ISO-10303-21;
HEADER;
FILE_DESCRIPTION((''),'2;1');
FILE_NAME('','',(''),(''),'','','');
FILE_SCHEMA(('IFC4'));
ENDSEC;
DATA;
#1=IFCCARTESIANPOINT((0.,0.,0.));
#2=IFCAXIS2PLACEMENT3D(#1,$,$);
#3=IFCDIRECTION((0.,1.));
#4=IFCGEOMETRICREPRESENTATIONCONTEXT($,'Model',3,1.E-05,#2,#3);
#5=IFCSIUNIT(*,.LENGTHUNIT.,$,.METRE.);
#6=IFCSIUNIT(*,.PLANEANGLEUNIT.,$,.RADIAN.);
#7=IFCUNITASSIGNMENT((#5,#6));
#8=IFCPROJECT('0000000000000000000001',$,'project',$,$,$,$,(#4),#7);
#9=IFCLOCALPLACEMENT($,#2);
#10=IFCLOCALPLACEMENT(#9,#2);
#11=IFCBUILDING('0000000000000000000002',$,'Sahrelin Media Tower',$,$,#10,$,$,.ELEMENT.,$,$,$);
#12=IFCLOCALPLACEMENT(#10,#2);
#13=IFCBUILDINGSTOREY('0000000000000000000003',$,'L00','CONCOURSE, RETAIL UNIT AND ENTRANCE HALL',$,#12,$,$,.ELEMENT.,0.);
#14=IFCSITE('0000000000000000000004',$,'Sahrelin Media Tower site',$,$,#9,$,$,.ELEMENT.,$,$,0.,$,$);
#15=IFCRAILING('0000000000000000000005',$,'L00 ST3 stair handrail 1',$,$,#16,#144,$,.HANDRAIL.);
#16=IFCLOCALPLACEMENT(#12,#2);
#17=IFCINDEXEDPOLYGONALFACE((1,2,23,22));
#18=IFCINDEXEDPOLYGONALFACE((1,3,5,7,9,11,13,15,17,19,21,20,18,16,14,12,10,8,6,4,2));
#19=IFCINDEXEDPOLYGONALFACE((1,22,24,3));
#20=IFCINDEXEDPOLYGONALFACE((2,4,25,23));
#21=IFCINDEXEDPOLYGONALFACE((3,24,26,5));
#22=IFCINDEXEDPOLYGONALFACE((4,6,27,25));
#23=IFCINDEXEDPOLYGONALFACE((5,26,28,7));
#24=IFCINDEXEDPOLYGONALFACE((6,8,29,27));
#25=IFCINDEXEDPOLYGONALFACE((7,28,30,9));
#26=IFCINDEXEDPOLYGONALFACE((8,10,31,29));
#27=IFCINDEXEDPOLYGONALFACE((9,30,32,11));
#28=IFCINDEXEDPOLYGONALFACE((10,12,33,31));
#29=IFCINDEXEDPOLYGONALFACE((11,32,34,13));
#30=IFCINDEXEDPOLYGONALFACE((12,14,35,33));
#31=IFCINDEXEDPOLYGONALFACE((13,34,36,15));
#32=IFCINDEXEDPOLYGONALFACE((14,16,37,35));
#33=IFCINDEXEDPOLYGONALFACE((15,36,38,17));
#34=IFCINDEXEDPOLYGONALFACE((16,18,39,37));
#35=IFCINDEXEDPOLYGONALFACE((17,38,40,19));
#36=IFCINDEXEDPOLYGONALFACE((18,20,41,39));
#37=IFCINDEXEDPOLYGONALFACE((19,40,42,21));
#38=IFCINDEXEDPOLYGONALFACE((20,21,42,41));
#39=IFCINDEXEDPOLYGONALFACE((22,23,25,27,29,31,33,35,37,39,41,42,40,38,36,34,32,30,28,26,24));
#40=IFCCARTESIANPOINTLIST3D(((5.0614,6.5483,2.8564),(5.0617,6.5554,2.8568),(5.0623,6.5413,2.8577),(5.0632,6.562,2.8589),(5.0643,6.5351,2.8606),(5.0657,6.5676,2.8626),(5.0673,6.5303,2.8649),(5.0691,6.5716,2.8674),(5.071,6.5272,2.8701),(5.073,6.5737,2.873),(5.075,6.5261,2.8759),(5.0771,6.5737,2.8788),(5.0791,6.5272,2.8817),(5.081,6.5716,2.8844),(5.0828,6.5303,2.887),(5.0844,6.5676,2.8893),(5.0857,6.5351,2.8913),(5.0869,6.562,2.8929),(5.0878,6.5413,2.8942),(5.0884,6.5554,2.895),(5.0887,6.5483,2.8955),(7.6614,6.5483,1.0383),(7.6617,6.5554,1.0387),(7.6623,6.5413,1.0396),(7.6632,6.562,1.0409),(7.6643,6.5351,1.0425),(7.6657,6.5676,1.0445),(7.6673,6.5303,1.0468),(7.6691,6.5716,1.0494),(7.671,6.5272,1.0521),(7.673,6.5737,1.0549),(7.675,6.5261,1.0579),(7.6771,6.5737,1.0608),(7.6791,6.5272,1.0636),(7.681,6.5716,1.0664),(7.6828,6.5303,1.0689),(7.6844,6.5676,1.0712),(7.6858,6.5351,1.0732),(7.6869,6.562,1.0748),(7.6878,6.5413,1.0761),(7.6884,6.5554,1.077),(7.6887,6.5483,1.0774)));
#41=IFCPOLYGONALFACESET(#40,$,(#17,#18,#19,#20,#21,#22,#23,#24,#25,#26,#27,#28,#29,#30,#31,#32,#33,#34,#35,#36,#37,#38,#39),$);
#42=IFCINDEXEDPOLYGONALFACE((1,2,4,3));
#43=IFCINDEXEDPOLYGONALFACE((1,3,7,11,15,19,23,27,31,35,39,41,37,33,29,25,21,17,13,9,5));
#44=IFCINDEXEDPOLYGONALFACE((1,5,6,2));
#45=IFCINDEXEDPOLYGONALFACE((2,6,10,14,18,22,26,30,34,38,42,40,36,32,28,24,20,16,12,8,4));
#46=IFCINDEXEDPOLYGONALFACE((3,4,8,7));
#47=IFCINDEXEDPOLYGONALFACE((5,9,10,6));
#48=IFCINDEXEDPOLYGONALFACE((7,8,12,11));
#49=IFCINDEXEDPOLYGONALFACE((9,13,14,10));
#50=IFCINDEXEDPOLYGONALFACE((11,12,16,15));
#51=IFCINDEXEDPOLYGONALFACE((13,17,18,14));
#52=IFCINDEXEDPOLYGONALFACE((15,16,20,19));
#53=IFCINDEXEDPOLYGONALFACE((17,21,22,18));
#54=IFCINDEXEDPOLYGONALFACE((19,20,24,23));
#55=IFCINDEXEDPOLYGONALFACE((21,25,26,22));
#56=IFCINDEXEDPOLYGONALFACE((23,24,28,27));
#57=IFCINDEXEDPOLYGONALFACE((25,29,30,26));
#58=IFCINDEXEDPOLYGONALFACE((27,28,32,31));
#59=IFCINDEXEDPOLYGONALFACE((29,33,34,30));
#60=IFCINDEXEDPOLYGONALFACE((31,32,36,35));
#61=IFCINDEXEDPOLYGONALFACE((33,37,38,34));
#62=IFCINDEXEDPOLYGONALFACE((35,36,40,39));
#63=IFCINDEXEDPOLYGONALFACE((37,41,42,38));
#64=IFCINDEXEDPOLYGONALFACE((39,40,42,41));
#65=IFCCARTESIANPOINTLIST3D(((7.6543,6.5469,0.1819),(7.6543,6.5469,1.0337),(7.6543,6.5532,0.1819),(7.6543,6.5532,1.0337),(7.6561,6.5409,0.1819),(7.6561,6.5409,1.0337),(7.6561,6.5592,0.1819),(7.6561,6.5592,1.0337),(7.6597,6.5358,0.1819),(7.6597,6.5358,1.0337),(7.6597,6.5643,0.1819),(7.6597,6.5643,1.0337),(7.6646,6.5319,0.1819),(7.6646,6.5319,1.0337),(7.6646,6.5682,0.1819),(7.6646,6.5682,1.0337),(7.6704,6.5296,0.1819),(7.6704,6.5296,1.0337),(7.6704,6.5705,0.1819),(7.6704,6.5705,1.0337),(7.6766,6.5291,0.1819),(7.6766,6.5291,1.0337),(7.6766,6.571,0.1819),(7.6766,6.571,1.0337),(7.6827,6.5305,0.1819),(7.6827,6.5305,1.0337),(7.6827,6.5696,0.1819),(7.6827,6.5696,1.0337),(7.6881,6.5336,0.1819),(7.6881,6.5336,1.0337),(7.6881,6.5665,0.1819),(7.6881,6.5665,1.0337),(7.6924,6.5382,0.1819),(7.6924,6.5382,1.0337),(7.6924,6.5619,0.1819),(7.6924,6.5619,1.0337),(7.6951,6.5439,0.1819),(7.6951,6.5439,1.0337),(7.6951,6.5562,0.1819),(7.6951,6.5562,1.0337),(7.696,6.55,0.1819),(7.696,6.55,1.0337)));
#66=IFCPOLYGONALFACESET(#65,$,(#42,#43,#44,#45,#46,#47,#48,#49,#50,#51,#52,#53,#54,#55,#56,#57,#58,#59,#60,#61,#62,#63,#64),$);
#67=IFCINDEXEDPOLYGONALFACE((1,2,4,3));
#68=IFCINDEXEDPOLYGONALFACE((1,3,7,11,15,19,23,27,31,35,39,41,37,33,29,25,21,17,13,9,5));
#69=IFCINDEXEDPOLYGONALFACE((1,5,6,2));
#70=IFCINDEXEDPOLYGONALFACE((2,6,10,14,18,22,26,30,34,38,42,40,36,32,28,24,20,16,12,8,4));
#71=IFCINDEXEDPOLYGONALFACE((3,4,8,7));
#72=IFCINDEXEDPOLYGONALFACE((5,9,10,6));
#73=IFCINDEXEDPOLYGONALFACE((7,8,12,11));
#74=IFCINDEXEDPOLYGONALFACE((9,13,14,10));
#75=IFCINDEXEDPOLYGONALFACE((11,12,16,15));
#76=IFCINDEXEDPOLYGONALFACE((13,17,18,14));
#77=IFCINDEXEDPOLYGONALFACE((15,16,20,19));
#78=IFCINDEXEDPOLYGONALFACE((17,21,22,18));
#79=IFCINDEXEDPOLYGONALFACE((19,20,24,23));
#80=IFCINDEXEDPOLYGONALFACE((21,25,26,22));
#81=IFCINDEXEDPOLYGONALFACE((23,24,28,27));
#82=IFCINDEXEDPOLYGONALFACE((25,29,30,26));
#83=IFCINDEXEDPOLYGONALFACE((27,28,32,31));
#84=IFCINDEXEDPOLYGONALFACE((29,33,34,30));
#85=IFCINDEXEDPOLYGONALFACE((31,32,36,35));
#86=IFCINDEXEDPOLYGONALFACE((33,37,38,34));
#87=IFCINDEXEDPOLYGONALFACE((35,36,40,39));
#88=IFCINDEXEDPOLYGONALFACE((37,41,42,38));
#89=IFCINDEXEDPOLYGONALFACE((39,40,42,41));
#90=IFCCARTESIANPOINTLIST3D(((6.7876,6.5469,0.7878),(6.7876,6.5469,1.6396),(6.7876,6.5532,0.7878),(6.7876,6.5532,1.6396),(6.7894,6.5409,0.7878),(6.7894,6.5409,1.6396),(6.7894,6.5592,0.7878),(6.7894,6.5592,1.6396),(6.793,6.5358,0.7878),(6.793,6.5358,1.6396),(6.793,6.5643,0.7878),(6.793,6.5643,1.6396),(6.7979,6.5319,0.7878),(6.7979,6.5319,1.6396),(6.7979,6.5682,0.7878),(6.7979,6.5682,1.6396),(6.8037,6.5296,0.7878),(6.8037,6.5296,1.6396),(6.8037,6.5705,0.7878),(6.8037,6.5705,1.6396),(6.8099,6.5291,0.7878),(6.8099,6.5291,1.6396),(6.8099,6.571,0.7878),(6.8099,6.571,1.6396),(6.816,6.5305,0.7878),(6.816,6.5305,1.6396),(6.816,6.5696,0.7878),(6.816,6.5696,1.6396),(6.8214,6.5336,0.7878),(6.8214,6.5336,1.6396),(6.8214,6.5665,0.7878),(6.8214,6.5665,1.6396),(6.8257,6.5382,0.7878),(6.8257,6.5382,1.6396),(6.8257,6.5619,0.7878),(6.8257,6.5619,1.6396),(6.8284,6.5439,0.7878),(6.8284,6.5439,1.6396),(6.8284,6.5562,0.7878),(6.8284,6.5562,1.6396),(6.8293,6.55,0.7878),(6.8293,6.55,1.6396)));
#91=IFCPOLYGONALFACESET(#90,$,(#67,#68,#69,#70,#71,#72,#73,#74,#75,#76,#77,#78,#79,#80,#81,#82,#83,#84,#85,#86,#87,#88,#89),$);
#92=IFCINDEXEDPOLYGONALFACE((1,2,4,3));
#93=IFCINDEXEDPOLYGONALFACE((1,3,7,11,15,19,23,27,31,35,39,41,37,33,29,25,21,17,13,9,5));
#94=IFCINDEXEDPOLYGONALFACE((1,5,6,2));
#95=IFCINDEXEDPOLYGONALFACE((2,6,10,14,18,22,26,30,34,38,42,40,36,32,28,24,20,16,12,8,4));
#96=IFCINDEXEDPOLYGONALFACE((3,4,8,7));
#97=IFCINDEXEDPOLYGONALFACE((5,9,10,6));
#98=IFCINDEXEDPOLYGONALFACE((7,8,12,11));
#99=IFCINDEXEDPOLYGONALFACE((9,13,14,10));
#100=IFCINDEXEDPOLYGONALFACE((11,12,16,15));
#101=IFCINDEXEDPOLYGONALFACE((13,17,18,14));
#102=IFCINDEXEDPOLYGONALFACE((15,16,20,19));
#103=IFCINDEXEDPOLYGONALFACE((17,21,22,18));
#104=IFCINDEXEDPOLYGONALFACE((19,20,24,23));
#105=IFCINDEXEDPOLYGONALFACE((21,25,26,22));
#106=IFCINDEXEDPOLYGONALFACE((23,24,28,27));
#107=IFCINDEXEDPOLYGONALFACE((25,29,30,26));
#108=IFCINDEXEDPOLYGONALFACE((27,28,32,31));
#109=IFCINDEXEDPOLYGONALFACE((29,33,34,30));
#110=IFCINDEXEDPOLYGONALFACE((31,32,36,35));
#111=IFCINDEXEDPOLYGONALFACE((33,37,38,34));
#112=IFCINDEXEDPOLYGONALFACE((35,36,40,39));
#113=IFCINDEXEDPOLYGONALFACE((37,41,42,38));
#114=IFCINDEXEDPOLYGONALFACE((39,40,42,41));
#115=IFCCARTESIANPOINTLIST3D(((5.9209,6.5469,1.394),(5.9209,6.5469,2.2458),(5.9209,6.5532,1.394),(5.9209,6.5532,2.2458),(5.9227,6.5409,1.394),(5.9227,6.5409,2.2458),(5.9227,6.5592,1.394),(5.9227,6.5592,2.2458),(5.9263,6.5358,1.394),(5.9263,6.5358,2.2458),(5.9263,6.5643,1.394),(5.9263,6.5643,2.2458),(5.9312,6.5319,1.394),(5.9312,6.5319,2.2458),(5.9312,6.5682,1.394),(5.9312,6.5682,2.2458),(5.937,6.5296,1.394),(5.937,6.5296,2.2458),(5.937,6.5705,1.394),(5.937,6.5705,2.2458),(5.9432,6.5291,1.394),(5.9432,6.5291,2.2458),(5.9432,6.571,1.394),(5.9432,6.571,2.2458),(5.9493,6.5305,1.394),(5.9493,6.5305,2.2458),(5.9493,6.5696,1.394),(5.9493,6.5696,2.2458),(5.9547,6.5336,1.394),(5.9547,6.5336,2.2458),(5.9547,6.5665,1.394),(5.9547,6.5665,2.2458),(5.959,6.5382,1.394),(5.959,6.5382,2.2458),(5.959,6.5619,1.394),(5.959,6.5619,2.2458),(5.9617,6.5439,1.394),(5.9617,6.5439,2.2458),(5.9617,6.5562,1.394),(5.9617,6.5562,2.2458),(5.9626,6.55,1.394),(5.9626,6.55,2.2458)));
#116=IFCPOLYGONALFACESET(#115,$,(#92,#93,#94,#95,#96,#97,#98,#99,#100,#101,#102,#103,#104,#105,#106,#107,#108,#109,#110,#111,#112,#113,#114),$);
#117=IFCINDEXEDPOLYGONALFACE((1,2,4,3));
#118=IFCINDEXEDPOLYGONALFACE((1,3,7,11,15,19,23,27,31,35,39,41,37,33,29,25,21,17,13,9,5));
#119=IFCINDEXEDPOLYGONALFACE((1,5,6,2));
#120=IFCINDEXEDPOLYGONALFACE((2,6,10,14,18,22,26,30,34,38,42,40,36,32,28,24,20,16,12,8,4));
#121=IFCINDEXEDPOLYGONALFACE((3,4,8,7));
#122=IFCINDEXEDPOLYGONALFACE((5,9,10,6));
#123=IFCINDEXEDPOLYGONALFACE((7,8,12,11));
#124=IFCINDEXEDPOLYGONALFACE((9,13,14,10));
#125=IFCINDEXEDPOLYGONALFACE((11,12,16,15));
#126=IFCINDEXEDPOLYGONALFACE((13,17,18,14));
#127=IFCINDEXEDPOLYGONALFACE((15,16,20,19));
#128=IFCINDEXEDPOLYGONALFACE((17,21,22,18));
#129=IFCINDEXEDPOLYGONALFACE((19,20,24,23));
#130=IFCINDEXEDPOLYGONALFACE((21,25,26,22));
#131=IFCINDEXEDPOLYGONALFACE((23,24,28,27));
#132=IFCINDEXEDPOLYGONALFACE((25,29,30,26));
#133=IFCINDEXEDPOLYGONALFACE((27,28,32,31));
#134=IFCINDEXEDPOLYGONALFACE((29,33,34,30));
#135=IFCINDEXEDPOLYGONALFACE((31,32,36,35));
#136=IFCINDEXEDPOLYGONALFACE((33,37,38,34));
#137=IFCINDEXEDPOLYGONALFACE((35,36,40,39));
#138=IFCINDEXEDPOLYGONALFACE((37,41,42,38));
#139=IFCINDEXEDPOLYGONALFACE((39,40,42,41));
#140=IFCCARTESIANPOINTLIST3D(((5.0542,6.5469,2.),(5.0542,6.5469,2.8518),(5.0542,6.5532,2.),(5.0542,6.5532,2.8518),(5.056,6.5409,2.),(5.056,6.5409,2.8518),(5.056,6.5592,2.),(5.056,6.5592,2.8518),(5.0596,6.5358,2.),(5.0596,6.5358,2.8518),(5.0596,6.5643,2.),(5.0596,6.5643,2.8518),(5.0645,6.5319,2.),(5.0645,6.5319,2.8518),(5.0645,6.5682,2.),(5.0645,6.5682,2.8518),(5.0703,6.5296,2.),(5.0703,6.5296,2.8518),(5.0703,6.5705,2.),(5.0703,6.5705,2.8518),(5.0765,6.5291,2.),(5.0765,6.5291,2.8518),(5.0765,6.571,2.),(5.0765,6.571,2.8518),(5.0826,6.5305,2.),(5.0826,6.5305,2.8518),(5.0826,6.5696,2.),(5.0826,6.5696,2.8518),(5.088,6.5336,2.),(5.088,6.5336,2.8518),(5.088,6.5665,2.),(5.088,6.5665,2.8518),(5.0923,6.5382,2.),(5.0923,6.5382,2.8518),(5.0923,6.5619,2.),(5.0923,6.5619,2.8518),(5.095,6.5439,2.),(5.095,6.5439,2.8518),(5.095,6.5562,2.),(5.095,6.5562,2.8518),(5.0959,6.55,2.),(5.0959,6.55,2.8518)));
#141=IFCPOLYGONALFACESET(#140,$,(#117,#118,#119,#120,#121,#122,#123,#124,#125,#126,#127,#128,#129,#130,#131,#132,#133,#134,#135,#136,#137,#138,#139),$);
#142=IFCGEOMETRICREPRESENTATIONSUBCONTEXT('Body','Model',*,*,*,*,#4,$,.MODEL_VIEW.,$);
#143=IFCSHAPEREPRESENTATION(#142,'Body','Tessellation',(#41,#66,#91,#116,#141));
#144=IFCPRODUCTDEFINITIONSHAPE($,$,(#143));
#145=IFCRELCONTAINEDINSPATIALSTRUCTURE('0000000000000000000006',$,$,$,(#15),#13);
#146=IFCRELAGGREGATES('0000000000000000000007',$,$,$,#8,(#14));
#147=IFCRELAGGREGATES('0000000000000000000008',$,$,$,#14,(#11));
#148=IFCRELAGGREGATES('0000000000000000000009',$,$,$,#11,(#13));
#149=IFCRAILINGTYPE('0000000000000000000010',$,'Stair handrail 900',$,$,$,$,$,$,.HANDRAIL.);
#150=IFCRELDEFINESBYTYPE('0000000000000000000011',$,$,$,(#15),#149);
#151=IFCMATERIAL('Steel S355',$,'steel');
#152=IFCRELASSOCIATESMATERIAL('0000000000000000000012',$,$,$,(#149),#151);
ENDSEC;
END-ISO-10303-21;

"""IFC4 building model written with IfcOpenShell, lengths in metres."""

from ifc_helpers import new_model, si_unit, direction, frame, origin, origin_2d, place, context, subcontext, project, spatial, circle, extrude, material, type_object, element, save


model = new_model("IFC4")

# Units and contexts
model_context = context("Model", 3, precision=1e-05, world=origin(), true_north=direction((0.0, 1.0)))
body_context = subcontext(model_context, "Body", "Model", "MODEL_VIEW")
ifc_project = project(units=[si_unit("LENGTHUNIT", "METRE"), si_unit("PLANEANGLEUNIT", "RADIAN")], contexts=[model_context])

# Site, building, storey
site_placement = place(None, origin())
site = spatial("IfcSite", under=ifc_project, at=site_placement, Name="Sahrelin Media Tower site", CompositionType="ELEMENT", RefElevation=0.0)
building_placement = place(site_placement, origin())
building = spatial("IfcBuilding", under=site, at=building_placement, Name="Sahrelin Media Tower", CompositionType="ELEMENT")
storey_placement = place(building_placement, origin())
storey = spatial("IfcBuildingStorey", under=building, at=storey_placement, Name="L00", Description="CONCOURSE, RETAIL UNIT AND ENTRANCE HALL", CompositionType="ELEMENT", Elevation=0.0)

# Shared definitions
ifc_material_1 = material(Name="Steel S355", Category="steel")

# Railing
railing_type_1 = type_object("IfcRailingType", Name="Stair handrail 900", PredefinedType="HANDRAIL", material=ifc_material_1)
for number, where, name in (
    (1, (7.675, 6.55, 0.1819), "L00 ST3 stair handrail 1"),
):
    element("IfcRailing", number, at=place(storey_placement, frame(where)), inside=storey, type_object=railing_type_1, Name=name, PredefinedType="HANDRAIL", context=body_context, shape_type="SweptSolid", body=[
        extrude(circle(Radius=0.0239, at=origin_2d()), frame((0.0, 0.0, 0.876), z_axis=(-0.819521, 0.0, 0.573049), x_axis=(0.0, -1.0, 0.0)), (0.0, 0.0, 1.0), 3.1726),
        extrude(circle(Radius=0.021, at=origin_2d()), origin(), (0.0, 0.0, 1.0), 0.8518),
        extrude(circle(Radius=0.021, at=origin_2d()), frame((-0.8667, 0.0, 0.606)), (0.0, 0.0, 1.0), 0.8518),
        extrude(circle(Radius=0.021, at=origin_2d()), frame((-1.7334, 0.0, 1.2122)), (0.0, 0.0, 1.0), 0.8518),
        extrude(circle(Radius=0.021, at=origin_2d()), frame((-2.6001, 0.0, 1.8181)), (0.0, 0.0, 1.0), 0.8518),
    ])

save(model, "model.ifc")
